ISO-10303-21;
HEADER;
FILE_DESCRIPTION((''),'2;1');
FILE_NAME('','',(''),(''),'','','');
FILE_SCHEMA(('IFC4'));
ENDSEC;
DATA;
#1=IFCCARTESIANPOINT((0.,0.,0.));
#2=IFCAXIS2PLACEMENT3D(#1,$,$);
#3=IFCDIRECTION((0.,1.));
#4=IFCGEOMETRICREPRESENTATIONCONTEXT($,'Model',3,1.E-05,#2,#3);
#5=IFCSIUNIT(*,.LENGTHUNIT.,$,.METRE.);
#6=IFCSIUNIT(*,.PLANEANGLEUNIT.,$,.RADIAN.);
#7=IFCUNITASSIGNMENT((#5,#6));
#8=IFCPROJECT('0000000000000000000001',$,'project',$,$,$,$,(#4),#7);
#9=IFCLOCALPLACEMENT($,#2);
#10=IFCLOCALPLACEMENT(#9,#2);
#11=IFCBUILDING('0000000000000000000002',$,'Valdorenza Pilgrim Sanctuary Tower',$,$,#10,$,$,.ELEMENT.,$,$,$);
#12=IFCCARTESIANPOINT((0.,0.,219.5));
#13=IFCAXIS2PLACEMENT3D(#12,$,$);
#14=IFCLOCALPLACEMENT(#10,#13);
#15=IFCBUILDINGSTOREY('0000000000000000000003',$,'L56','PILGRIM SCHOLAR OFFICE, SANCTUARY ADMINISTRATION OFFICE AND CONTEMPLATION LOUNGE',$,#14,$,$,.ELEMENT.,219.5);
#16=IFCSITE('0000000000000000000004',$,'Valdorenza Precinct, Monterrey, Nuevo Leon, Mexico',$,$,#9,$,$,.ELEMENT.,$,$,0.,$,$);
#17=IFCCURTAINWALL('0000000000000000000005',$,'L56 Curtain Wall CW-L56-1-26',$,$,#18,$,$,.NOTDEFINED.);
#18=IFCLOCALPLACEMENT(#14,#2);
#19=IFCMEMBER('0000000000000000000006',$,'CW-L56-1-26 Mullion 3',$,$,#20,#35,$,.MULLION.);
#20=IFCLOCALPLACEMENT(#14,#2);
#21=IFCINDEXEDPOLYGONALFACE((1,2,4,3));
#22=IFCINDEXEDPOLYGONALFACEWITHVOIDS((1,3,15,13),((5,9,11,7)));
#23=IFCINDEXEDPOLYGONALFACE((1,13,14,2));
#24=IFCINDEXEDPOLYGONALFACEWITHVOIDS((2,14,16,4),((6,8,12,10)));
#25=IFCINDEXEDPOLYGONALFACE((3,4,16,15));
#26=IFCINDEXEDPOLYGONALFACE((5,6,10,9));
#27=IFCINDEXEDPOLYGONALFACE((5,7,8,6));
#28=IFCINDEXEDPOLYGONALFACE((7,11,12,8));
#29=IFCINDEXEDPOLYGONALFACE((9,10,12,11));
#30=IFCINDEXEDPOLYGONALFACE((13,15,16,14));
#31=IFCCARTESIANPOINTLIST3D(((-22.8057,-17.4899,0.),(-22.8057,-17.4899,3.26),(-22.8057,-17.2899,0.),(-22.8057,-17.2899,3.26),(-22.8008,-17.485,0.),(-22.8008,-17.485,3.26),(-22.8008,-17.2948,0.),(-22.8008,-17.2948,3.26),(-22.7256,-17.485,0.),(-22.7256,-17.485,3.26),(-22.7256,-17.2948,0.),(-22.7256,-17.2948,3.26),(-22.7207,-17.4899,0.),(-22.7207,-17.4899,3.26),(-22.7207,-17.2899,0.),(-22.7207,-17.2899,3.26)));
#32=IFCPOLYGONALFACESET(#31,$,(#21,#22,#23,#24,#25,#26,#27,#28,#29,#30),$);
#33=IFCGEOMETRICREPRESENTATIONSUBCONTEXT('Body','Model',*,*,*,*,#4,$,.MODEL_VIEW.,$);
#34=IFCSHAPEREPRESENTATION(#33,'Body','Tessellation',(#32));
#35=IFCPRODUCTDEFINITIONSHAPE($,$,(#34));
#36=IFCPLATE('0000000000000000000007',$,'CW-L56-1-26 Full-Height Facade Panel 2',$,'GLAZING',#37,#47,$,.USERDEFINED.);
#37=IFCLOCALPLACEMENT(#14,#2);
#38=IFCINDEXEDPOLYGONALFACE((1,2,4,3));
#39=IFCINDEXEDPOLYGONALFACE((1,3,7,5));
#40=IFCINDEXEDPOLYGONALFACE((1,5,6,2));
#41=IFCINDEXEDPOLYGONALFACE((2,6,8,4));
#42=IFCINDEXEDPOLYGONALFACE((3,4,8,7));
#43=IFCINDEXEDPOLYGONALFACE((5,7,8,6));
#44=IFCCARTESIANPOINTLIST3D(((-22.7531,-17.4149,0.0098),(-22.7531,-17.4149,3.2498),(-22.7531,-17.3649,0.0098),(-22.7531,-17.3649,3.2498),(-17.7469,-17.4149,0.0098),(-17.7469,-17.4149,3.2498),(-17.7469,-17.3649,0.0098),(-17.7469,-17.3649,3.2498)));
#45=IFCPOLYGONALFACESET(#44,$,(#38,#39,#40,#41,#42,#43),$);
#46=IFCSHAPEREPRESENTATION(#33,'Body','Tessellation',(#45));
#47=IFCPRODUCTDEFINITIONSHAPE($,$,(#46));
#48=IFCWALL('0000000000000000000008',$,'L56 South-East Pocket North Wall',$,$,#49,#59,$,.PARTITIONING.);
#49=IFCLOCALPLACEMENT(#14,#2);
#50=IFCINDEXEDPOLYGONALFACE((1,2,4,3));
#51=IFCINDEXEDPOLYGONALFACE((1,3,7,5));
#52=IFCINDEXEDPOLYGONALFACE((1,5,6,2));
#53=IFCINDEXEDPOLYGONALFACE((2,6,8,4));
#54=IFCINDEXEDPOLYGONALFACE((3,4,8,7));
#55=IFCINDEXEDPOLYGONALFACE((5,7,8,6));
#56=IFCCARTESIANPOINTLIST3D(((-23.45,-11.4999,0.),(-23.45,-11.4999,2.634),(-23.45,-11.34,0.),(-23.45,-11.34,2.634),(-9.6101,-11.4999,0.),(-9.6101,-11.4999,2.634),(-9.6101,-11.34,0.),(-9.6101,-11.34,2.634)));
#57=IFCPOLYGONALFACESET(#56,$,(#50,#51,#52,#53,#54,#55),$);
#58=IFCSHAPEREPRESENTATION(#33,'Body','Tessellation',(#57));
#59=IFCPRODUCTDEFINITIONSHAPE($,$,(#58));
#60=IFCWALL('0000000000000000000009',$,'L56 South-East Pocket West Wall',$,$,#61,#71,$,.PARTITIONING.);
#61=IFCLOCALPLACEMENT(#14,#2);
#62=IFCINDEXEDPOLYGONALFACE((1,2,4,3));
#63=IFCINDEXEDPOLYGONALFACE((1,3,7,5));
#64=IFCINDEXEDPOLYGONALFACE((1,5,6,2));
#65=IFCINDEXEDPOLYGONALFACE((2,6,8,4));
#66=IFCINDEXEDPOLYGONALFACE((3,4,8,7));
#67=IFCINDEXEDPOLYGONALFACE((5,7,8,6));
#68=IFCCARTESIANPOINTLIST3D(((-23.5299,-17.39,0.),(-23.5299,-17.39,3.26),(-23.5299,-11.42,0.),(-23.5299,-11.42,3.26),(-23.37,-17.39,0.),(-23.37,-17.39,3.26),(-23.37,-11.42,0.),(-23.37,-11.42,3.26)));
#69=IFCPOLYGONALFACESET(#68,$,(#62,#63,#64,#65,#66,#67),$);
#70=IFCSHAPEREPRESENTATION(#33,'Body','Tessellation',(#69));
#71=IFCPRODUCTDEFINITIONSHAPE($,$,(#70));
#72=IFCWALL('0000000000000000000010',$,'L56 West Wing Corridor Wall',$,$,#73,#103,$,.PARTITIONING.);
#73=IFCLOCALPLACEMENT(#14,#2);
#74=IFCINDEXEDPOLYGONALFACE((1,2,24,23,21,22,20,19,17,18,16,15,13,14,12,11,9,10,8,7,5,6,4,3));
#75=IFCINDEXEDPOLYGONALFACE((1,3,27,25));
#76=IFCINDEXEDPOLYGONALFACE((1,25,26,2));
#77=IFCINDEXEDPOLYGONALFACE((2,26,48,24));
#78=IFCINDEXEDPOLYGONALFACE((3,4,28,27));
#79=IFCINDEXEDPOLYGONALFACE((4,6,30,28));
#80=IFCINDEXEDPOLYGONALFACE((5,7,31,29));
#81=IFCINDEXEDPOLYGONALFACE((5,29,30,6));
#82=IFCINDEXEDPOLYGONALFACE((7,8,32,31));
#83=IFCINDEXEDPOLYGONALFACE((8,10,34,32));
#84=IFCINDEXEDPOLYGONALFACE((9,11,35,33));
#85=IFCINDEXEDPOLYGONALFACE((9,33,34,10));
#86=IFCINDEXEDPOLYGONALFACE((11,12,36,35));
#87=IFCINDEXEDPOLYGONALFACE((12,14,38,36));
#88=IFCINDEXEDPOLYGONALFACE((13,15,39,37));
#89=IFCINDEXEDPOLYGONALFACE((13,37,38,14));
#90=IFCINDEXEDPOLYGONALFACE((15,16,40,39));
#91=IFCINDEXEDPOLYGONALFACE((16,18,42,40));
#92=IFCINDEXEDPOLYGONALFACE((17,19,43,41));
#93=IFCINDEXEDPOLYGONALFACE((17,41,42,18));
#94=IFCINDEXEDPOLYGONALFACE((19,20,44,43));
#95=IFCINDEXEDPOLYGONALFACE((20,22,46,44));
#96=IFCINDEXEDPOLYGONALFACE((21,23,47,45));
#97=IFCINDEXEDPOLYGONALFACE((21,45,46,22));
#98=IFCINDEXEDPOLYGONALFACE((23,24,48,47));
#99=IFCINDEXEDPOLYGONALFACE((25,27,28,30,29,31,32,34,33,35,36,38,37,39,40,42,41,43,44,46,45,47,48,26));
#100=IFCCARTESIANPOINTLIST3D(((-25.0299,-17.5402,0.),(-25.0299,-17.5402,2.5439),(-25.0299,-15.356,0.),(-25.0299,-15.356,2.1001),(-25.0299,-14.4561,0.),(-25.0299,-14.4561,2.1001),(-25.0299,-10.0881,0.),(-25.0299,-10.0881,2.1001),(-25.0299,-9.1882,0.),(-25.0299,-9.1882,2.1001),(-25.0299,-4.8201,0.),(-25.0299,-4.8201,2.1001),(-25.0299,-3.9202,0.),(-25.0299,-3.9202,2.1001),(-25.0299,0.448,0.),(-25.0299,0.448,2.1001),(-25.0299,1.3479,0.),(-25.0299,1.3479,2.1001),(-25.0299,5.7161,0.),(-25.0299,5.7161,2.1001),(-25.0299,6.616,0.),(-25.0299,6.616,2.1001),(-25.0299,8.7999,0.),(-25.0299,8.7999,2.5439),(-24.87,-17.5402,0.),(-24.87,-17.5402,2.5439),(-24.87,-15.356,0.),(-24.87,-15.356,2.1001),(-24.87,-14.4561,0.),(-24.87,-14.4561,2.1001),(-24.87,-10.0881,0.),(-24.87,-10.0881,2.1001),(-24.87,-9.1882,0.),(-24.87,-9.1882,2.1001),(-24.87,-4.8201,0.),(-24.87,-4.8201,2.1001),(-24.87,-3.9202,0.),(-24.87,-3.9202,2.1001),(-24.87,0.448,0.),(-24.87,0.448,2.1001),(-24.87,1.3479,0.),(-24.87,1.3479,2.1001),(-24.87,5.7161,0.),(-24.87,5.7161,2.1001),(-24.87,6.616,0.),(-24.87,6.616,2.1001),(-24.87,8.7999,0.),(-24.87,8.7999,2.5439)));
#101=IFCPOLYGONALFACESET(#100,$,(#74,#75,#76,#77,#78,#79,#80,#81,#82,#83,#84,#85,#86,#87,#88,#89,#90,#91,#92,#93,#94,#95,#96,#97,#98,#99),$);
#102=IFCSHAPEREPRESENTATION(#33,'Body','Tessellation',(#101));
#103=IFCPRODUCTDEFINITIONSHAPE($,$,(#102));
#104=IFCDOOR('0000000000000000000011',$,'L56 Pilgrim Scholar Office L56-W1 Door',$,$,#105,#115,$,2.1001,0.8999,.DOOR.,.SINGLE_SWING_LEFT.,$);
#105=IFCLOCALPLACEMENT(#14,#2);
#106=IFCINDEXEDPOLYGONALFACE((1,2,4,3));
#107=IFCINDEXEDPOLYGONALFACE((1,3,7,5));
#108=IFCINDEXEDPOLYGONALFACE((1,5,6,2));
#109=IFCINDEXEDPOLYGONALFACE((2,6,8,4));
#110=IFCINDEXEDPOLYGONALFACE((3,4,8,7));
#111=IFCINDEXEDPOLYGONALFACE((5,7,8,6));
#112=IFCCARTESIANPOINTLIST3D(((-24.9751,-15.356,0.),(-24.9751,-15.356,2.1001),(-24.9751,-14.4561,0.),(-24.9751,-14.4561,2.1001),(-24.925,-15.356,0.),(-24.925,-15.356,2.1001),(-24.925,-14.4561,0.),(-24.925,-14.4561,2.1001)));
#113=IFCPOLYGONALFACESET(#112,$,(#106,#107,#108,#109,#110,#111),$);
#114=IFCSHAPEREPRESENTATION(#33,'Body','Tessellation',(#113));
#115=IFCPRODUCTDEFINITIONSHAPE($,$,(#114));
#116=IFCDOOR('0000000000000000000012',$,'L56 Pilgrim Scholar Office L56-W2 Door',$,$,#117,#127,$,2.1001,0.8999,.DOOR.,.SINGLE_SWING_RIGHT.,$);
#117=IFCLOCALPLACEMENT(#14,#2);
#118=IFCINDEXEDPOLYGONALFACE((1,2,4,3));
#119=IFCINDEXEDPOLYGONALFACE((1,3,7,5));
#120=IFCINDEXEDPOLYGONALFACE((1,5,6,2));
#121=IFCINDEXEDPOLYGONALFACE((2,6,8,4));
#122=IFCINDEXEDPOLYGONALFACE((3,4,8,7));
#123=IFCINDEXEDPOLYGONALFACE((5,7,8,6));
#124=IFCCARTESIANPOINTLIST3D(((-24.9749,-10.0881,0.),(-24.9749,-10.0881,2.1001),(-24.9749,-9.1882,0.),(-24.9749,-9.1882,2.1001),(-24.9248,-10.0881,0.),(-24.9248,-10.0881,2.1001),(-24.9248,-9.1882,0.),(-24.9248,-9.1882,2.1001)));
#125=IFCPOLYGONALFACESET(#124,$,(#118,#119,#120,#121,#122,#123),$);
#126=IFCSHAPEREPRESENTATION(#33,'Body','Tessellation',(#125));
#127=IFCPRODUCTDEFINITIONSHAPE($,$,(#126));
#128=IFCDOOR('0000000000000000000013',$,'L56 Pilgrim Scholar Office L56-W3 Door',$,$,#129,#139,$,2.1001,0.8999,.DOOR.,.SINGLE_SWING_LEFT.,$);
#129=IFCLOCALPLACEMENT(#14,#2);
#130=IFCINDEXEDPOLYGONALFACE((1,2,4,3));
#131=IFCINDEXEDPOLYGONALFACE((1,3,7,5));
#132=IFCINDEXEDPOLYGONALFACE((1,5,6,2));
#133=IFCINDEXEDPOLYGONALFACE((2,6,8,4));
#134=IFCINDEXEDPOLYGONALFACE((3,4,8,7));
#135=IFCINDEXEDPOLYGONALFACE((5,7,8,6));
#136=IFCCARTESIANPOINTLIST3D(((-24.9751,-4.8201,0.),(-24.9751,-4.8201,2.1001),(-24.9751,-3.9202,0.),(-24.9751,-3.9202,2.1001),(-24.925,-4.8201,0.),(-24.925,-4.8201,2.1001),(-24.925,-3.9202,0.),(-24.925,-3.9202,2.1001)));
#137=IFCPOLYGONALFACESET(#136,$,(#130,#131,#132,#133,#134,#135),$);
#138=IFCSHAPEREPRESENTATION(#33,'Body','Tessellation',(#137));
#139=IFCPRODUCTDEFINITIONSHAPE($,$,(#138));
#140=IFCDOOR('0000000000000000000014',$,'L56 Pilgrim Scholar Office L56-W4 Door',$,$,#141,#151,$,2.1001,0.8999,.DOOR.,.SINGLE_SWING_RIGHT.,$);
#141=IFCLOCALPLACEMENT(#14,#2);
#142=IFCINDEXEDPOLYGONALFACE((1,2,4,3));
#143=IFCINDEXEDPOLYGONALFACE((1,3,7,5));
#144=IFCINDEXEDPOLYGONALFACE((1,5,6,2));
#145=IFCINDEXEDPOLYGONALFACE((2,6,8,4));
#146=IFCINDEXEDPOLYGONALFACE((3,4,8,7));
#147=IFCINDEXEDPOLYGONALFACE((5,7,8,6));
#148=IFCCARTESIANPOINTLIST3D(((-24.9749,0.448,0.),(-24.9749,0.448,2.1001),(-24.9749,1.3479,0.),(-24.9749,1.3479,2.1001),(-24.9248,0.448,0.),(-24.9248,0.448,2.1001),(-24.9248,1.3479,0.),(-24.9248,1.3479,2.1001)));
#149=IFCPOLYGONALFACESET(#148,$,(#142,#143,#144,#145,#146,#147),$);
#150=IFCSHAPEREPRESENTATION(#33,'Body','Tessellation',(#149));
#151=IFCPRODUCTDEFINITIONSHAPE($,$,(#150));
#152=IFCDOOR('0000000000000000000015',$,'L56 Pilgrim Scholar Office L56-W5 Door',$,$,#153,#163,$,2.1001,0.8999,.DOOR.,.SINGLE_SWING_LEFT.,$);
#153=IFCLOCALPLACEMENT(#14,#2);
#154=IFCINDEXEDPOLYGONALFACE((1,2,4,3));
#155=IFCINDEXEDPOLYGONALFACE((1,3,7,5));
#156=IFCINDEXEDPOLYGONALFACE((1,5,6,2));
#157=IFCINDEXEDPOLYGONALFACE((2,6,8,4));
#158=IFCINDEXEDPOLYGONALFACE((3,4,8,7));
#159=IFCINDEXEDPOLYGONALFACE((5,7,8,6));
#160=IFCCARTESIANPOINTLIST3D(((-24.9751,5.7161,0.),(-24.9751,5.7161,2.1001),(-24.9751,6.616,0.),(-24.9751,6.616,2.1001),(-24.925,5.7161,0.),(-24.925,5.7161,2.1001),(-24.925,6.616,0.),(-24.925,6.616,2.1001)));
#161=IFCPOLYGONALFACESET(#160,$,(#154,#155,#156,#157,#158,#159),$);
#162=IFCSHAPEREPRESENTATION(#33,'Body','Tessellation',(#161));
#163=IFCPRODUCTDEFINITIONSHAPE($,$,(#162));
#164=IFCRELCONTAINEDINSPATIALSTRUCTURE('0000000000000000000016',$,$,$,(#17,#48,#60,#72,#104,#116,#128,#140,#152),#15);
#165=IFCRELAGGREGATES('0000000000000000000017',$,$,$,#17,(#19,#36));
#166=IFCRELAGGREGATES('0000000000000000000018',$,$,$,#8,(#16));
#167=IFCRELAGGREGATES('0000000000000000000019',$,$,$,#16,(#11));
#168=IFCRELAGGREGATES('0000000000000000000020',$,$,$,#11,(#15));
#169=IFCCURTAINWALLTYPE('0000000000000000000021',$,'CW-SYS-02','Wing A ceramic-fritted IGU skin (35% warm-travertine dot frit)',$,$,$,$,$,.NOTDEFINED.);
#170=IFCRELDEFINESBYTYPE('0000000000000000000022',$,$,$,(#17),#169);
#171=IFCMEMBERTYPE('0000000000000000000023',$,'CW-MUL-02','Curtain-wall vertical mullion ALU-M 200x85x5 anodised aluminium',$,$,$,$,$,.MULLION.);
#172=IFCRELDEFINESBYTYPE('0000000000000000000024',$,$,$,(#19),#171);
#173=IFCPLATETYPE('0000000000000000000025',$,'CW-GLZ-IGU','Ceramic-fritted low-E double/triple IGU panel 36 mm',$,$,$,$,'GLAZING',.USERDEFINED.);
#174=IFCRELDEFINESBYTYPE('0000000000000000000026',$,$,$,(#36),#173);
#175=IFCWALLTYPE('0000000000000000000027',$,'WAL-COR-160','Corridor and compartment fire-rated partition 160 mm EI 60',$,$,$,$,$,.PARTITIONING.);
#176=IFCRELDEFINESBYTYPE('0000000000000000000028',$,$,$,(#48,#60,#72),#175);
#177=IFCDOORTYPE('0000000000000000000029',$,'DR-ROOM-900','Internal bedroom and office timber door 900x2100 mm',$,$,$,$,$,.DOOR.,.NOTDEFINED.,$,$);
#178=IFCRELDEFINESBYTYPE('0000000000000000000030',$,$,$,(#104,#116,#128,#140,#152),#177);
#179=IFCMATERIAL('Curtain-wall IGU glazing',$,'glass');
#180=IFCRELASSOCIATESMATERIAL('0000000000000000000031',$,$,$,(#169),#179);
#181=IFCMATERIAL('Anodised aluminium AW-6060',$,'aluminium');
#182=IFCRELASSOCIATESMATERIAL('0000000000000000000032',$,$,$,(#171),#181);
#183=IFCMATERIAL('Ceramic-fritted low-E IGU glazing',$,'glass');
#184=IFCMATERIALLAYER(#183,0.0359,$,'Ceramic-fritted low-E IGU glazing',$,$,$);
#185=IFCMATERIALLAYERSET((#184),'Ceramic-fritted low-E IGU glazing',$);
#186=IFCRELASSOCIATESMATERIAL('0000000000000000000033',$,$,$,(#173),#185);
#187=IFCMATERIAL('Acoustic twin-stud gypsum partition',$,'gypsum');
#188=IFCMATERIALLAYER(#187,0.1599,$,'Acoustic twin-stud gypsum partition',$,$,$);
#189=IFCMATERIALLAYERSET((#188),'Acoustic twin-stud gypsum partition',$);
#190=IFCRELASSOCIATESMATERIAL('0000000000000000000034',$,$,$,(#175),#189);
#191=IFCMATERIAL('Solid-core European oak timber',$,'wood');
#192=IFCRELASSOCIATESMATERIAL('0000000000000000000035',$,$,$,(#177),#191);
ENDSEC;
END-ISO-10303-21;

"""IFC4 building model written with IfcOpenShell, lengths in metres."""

from ifc_helpers import new_model, si_unit, direction, frame, frame_2d, origin, origin_2d, place, context, subcontext, project, spatial, rectangle, hollow_rectangle, extrude, source, transform, mapped, material, layer, layer_set, material_profile, profile_set, type_object, element, fill, aggregate, save


model = new_model("IFC4")

# Units and contexts
model_context = context("Model", 3, precision=1e-05, world=origin(), true_north=direction((0.0, 1.0)))
body_context = subcontext(model_context, "Body", "Model", "MODEL_VIEW")
ifc_project = project(units=[si_unit("LENGTHUNIT", "METRE"), si_unit("PLANEANGLEUNIT", "RADIAN")], contexts=[model_context])

# Site, building, storey
site_placement = place(None, origin())
site = spatial("IfcSite", under=ifc_project, at=site_placement, Name="Valdorenza Precinct, Monterrey, Nuevo Leon, Mexico", CompositionType="ELEMENT", RefElevation=0.0)
building_placement = place(site_placement, origin())
building = spatial("IfcBuilding", under=site, at=building_placement, Name="Valdorenza Pilgrim Sanctuary Tower", CompositionType="ELEMENT")
storey_placement = place(building_placement, frame((0.0, 0.0, 219.5)))
storey = spatial("IfcBuildingStorey", under=building, at=storey_placement, Name="L56", Description="PILGRIM SCHOLAR OFFICE, SANCTUARY ADMINISTRATION OFFICE AND CONTEMPLATION LOUNGE", CompositionType="ELEMENT", Elevation=219.5)

# Curtain wall, member, plate
ifc_material_1 = material(Name="Curtain-wall IGU glazing", Category="glass")
curtain_wall_type = type_object("IfcCurtainWallType", Name="CW-SYS-02", Description="Wing A ceramic-fritted IGU skin (35% warm-travertine dot frit)", PredefinedType="NOTDEFINED", material=ifc_material_1)
curtain_wall_placement = place(storey_placement, origin())
curtain_wall = element("IfcCurtainWall", 1, at=curtain_wall_placement, inside=storey, type_object=curtain_wall_type, Name="L56 Curtain Wall CW-L56-1-26", PredefinedType="NOTDEFINED")
ifc_material_2 = material(Name="Anodised aluminium AW-6060", Category="aluminium")
ifc_material_profile_1 = material_profile(ifc_material_2, hollow_rectangle(XDim=0.085, YDim=0.2, WallThickness=0.0049, at=origin_2d()), Name="ALU-M 200x85x5")
ifc_profile_set_1 = profile_set([ifc_material_profile_1], Name="Anodised aluminium AW-6060")
member_type = type_object("IfcMemberType", Name="CW-MUL-02", Description="Curtain-wall vertical mullion ALU-M 200x85x5 anodised aluminium", PredefinedType="MULLION", material=ifc_profile_set_1)
shared_shape_1 = source(origin(), body_context, "Body", "SweptSolid", [
    extrude(hollow_rectangle(XDim=0.085, YDim=0.2, WallThickness=0.0049, at=origin_2d()), origin(), (0.0, 0.0, 1.0), 3.26),
])
member_placement = place(storey_placement, frame((-22.7632, -17.3899, 0.0), z_axis=(0.0, 0.0, 1.0), x_axis=(-1.0, 0.0, 0.0)))
member = element("IfcMember", 2, at=member_placement, type_object=member_type, Name="CW-L56-1-26 Mullion 3", PredefinedType="MULLION", context=body_context, shape_type="MappedRepresentation", body=[
    mapped(shared_shape_1, transform((0.0, 0.0, 0.0), x_axis=(1.0, 0.0, 0.0), y_axis=(0.0, 1.0, 0.0), z_axis=(0.0, 0.0, 1.0), scale=1.0)),
])
ifc_material_3 = material(Name="Ceramic-fritted low-E IGU glazing", Category="glass")
ifc_layer_1 = layer(ifc_material_3, 0.0359, Name="Ceramic-fritted low-E IGU glazing")
ifc_layer_set_1 = layer_set([ifc_layer_1], Name="Ceramic-fritted low-E IGU glazing")
plate_type = type_object("IfcPlateType", Name="CW-GLZ-IGU", Description="Ceramic-fritted low-E double/triple IGU panel 36 mm", ElementType="GLAZING", PredefinedType="USERDEFINED", material=ifc_layer_set_1)
shared_shape_2 = source(origin(), body_context, "Body", "SweptSolid", [
    extrude(rectangle(XDim=5.0061, YDim=0.05, at=origin_2d()), origin(), (0.0, 0.0, 1.0), 3.24),
])
plate_placement = place(storey_placement, frame((-20.25, -17.3899, 0.0098), z_axis=(0.0, 0.0, 1.0), x_axis=(-1.0, 0.0, 0.0)))
plate = element("IfcPlate", 3, at=plate_placement, type_object=plate_type, Name="CW-L56-1-26 Full-Height Facade Panel 2", ObjectType="GLAZING", PredefinedType="USERDEFINED", context=body_context, shape_type="MappedRepresentation", body=[
    mapped(shared_shape_2, transform((0.0, 0.0, 0.0), x_axis=(1.0, 0.0, 0.0), y_axis=(0.0, 1.0, 0.0), z_axis=(0.0, 0.0, 1.0), scale=1.0)),
])
aggregate(curtain_wall, [member, plate])

# Walls
ifc_material_4 = material(Name="Acoustic twin-stud gypsum partition", Category="gypsum")
ifc_layer_2 = layer(ifc_material_4, 0.1599, Name="Acoustic twin-stud gypsum partition")
ifc_layer_set_2 = layer_set([ifc_layer_2], Name="Acoustic twin-stud gypsum partition")
wall_type_1 = type_object("IfcWallType", Name="WAL-COR-160", Description="Corridor and compartment fire-rated partition 160 mm EI 60", PredefinedType="PARTITIONING", material=ifc_layer_set_2)
wall_1_placement = place(storey_placement, frame((-23.45, -11.4199, 0.0), z_axis=(0.0, 0.0, 1.0), x_axis=(1.0, 0.0, 0.0)))
element("IfcWall", 4, at=wall_1_placement, inside=storey, type_object=wall_type_1, Name="L56 South-East Pocket North Wall", PredefinedType="PARTITIONING", context=body_context, shape_type="SweptSolid", body=[
    extrude(rectangle(XDim=13.8398, YDim=0.1599, at=frame_2d((6.9199, 0.0))), origin(), (0.0, 0.0, 1.0), 2.634),
])
wall_2_placement = place(storey_placement, frame((-23.45, -17.3899, 0.0), z_axis=(0.0, 0.0, 1.0), x_axis=(0.0, 1.0, 0.0)))
element("IfcWall", 5, at=wall_2_placement, inside=storey, type_object=wall_type_1, Name="L56 South-East Pocket West Wall", PredefinedType="PARTITIONING", context=body_context, shape_type="SweptSolid", body=[
    extrude(rectangle(XDim=5.97, YDim=0.1599, at=frame_2d((2.9849, 0.0))), origin(), (0.0, 0.0, 1.0), 3.26),
])

# Wall, openings, doors
wall_3_placement = place(storey_placement, frame((-24.95, -17.54, 0.0), z_axis=(0.0, 0.0, 1.0), x_axis=(0.0, 1.0, 0.0)))
wall_3 = element("IfcWall", 6, at=wall_3_placement, inside=storey, type_object=wall_type_1, Name="L56 West Wing Corridor Wall", PredefinedType="PARTITIONING", context=body_context, shape_type="SweptSolid", body=[
    extrude(rectangle(XDim=26.3401, YDim=0.1599, at=frame_2d((13.1699, 0.0))), origin(), (0.0, 0.0, 1.0), 2.5439),
])
opening_1_placement = place(wall_3_placement, frame((2.1841, 0.0, 0.0)))
opening_1 = element("IfcOpeningElement", 7, at=opening_1_placement, cuts=wall_3, PredefinedType="OPENING", context=body_context, shape_type="SweptSolid", body=[
    extrude(rectangle(XDim=0.8999, YDim=2.1001, at=frame_2d((0.45, 1.05))), frame((0.0, 0.0947, 0.0), z_axis=(0.0, -1.0, 0.0), x_axis=(1.0, 0.0, 0.0)), (0.0, 0.0, 1.0), 0.1897),
])
opening_2_placement = place(wall_3_placement, frame((7.4519, 0.0, 0.0)))
opening_2 = element("IfcOpeningElement", 8, at=opening_2_placement, cuts=wall_3, PredefinedType="OPENING", context=body_context, shape_type="SweptSolid", body=[
    extrude(rectangle(XDim=0.8999, YDim=2.1001, at=frame_2d((0.45, 1.05))), frame((0.0, 0.0947, 0.0), z_axis=(0.0, -1.0, 0.0), x_axis=(1.0, 0.0, 0.0)), (0.0, 0.0, 1.0), 0.1897),
])
opening_3_placement = place(wall_3_placement, frame((12.72, 0.0, 0.0)))
opening_3 = element("IfcOpeningElement", 9, at=opening_3_placement, cuts=wall_3, PredefinedType="OPENING", context=body_context, shape_type="SweptSolid", body=[
    extrude(rectangle(XDim=0.8999, YDim=2.1001, at=frame_2d((0.45, 1.05))), frame((0.0, 0.0947, 0.0), z_axis=(0.0, -1.0, 0.0), x_axis=(1.0, 0.0, 0.0)), (0.0, 0.0, 1.0), 0.1897),
])
opening_4_placement = place(wall_3_placement, frame((17.988, 0.0, 0.0)))
opening_4 = element("IfcOpeningElement", 10, at=opening_4_placement, cuts=wall_3, PredefinedType="OPENING", context=body_context, shape_type="SweptSolid", body=[
    extrude(rectangle(XDim=0.8999, YDim=2.1001, at=frame_2d((0.45, 1.05))), frame((0.0, 0.0947, 0.0), z_axis=(0.0, -1.0, 0.0), x_axis=(1.0, 0.0, 0.0)), (0.0, 0.0, 1.0), 0.1897),
])
opening_5_placement = place(wall_3_placement, frame((23.2561, 0.0, 0.0)))
opening_5 = element("IfcOpeningElement", 11, at=opening_5_placement, cuts=wall_3, PredefinedType="OPENING", context=body_context, shape_type="SweptSolid", body=[
    extrude(rectangle(XDim=0.8999, YDim=2.1001, at=frame_2d((0.45, 1.05))), frame((0.0, 0.0947, 0.0), z_axis=(0.0, -1.0, 0.0), x_axis=(1.0, 0.0, 0.0)), (0.0, 0.0, 1.0), 0.1897),
])
ifc_material_5 = material(Name="Solid-core European oak timber", Category="wood")
door_type = type_object("IfcDoorType", Name="DR-ROOM-900", Description="Internal bedroom and office timber door 900x2100 mm", OperationType="NOTDEFINED", PredefinedType="DOOR", material=ifc_material_5)
door_1_placement = place(opening_1_placement, frame((0.8999, 0.0, 0.0), z_axis=(0.0, 0.0, 1.0), x_axis=(-1.0, 0.0, 0.0)))
door_1 = element("IfcDoor", 12, at=door_1_placement, inside=storey, type_object=door_type, Name="L56 Pilgrim Scholar Office L56-W1 Door", OperationType="SINGLE_SWING_LEFT", OverallHeight=2.1001, OverallWidth=0.8999, PredefinedType="DOOR", context=body_context, shape_type="SweptSolid", body=[
    extrude(rectangle(XDim=0.8999, YDim=2.1001, at=frame_2d((0.45, 1.05))), frame((0.0, 0.0249, 0.0), z_axis=(0.0, -1.0, 0.0), x_axis=(1.0, 0.0, 0.0)), (0.0, 0.0, 1.0), 0.05),
])
fill(opening_1, door_1)
door_2_placement = place(opening_2_placement, origin())
door_2 = element("IfcDoor", 13, at=door_2_placement, inside=storey, type_object=door_type, Name="L56 Pilgrim Scholar Office L56-W2 Door", OperationType="SINGLE_SWING_RIGHT", OverallHeight=2.1001, OverallWidth=0.8999, PredefinedType="DOOR", context=body_context, shape_type="SweptSolid", body=[
    extrude(rectangle(XDim=0.8999, YDim=2.1001, at=frame_2d((0.45, 1.05))), frame((0.0, 0.0249, 0.0), z_axis=(0.0, -1.0, 0.0), x_axis=(1.0, 0.0, 0.0)), (0.0, 0.0, 1.0), 0.05),
])
fill(opening_2, door_2)
door_3_placement = place(opening_3_placement, frame((0.8999, 0.0, 0.0), z_axis=(0.0, 0.0, 1.0), x_axis=(-1.0, 0.0, 0.0)))
door_3 = element("IfcDoor", 14, at=door_3_placement, inside=storey, type_object=door_type, Name="L56 Pilgrim Scholar Office L56-W3 Door", OperationType="SINGLE_SWING_LEFT", OverallHeight=2.1001, OverallWidth=0.8999, PredefinedType="DOOR", context=body_context, shape_type="SweptSolid", body=[
    extrude(rectangle(XDim=0.8999, YDim=2.1001, at=frame_2d((0.45, 1.05))), frame((0.0, 0.0249, 0.0), z_axis=(0.0, -1.0, 0.0), x_axis=(1.0, 0.0, 0.0)), (0.0, 0.0, 1.0), 0.05),
])
fill(opening_3, door_3)
door_4_placement = place(opening_4_placement, origin())
door_4 = element("IfcDoor", 15, at=door_4_placement, inside=storey, type_object=door_type, Name="L56 Pilgrim Scholar Office L56-W4 Door", OperationType="SINGLE_SWING_RIGHT", OverallHeight=2.1001, OverallWidth=0.8999, PredefinedType="DOOR", context=body_context, shape_type="SweptSolid", body=[
    extrude(rectangle(XDim=0.8999, YDim=2.1001, at=frame_2d((0.45, 1.05))), frame((0.0, 0.0249, 0.0), z_axis=(0.0, -1.0, 0.0), x_axis=(1.0, 0.0, 0.0)), (0.0, 0.0, 1.0), 0.05),
])
fill(opening_4, door_4)
door_5_placement = place(opening_5_placement, frame((0.8999, 0.0, 0.0), z_axis=(0.0, 0.0, 1.0), x_axis=(-1.0, 0.0, 0.0)))
door_5 = element("IfcDoor", 16, at=door_5_placement, inside=storey, type_object=door_type, Name="L56 Pilgrim Scholar Office L56-W5 Door", OperationType="SINGLE_SWING_LEFT", OverallHeight=2.1001, OverallWidth=0.8999, PredefinedType="DOOR", context=body_context, shape_type="SweptSolid", body=[
    extrude(rectangle(XDim=0.8999, YDim=2.1001, at=frame_2d((0.45, 1.05))), frame((0.0, 0.0249, 0.0), z_axis=(0.0, -1.0, 0.0), x_axis=(1.0, 0.0, 0.0)), (0.0, 0.0, 1.0), 0.05),
])
fill(opening_5, door_5)

save(model, "model.ifc")
